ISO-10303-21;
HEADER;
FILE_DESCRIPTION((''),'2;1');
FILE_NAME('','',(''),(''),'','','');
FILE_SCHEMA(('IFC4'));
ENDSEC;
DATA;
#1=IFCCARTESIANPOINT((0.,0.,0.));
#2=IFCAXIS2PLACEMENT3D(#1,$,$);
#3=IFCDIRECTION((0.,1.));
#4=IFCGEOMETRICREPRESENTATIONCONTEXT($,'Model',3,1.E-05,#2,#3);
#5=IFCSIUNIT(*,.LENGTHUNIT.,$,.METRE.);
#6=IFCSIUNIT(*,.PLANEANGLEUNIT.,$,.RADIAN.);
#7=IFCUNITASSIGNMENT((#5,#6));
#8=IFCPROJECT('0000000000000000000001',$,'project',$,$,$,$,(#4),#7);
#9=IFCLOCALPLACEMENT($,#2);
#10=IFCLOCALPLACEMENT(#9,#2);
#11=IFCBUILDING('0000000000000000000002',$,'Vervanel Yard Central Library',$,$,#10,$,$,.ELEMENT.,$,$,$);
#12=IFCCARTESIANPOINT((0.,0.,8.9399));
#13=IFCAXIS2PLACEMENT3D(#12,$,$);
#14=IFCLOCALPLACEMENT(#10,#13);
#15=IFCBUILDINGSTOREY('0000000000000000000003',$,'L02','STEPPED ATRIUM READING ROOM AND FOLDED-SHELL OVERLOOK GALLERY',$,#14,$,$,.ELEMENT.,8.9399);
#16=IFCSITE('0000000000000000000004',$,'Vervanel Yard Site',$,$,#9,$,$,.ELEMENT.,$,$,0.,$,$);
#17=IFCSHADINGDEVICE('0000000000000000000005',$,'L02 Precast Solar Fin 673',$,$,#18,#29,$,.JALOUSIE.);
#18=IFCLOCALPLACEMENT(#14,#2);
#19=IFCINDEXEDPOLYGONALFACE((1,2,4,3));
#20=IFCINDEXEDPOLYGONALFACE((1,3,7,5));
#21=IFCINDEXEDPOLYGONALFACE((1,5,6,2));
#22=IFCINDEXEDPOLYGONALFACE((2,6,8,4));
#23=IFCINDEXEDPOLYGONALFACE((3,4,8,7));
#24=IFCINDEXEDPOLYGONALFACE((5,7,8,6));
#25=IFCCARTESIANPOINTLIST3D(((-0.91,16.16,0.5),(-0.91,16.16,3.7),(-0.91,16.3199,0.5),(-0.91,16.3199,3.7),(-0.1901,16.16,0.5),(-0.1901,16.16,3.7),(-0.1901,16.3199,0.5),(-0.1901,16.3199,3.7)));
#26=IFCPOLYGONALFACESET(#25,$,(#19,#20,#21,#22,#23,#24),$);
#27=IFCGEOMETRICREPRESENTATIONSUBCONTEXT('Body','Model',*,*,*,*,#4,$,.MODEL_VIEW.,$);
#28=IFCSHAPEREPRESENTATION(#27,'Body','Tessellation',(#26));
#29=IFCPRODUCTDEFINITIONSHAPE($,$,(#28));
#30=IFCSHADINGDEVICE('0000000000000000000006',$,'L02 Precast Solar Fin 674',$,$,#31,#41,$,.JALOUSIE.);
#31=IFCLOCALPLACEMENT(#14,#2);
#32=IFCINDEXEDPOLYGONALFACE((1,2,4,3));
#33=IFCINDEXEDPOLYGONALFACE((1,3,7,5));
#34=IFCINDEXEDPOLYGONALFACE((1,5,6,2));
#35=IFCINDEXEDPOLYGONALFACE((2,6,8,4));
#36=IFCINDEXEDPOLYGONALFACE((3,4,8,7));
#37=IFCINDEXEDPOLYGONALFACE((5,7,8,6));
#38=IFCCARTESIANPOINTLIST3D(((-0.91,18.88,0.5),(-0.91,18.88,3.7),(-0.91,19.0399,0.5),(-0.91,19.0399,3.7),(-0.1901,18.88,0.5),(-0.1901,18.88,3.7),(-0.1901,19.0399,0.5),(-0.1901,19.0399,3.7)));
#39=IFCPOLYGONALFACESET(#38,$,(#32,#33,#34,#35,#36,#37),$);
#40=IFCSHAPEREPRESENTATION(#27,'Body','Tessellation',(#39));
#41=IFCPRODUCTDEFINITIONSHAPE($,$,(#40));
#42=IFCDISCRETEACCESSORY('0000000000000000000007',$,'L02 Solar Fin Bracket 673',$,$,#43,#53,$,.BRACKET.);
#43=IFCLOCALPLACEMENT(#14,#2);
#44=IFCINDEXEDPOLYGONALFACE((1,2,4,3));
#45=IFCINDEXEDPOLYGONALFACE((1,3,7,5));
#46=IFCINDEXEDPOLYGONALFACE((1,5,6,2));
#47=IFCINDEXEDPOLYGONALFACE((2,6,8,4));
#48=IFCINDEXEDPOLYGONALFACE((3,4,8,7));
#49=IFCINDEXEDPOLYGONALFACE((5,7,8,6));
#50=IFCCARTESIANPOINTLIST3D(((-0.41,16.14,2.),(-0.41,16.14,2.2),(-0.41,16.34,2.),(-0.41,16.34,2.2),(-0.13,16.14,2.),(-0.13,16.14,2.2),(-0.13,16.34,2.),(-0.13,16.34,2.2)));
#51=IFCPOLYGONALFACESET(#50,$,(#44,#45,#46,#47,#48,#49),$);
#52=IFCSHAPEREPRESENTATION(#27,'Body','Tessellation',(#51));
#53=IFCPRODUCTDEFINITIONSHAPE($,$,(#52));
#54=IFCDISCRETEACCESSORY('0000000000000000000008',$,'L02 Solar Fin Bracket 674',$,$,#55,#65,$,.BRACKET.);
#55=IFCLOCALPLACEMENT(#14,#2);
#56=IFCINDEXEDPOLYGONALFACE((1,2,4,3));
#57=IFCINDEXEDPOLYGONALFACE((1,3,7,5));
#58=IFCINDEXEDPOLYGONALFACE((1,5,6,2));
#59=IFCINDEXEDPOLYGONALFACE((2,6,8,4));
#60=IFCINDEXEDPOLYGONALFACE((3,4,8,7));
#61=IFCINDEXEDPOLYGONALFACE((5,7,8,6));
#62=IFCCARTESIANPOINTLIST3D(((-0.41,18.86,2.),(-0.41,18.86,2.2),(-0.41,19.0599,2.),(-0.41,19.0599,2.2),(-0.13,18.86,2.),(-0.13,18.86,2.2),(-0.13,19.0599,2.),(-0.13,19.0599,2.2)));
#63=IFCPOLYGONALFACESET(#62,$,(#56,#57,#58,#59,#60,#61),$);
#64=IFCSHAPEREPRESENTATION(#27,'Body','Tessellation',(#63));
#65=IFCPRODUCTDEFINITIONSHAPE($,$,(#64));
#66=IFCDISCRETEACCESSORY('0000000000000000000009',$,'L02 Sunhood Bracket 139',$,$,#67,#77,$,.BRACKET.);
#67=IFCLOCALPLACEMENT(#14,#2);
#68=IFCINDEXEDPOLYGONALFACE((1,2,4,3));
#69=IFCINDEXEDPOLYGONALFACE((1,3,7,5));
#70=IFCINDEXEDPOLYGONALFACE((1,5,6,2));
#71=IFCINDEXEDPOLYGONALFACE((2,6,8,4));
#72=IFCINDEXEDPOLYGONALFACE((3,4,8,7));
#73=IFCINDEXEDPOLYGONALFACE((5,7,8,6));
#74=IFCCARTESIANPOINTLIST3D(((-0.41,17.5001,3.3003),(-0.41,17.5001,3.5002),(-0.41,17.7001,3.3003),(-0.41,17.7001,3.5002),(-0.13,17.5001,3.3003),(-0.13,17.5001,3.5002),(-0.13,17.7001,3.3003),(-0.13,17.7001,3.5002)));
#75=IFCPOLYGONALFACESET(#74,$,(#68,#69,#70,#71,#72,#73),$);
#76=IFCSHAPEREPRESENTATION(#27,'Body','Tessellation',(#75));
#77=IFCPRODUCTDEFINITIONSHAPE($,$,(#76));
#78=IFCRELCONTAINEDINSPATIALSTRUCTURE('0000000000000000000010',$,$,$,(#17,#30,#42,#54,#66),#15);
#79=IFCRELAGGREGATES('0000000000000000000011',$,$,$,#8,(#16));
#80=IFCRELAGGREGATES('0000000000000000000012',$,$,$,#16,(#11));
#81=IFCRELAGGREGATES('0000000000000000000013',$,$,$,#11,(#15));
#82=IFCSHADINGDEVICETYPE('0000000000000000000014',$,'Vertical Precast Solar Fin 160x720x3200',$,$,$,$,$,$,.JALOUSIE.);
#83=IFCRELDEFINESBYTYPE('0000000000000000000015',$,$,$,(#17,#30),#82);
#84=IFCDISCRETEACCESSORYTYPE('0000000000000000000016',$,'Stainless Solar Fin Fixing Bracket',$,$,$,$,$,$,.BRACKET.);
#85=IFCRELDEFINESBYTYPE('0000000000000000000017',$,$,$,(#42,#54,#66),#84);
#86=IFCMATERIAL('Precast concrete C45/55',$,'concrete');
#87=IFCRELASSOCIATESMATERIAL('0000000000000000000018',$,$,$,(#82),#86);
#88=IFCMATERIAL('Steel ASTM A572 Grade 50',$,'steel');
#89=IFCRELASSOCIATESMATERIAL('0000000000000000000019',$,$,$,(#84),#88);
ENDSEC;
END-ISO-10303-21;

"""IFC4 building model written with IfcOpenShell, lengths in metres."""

from ifc_helpers import new_model, si_unit, direction, frame, origin, origin_2d, place, context, subcontext, project, spatial, rectangle, extrude, material, type_object, element, save


model = new_model("IFC4")

# Units and contexts
model_context = context("Model", 3, precision=1e-05, world=origin(), true_north=direction((0.0, 1.0)))
body_context = subcontext(model_context, "Body", "Model", "MODEL_VIEW")
ifc_project = project(units=[si_unit("LENGTHUNIT", "METRE"), si_unit("PLANEANGLEUNIT", "RADIAN")], contexts=[model_context])

# Site, building, storey
site_placement = place(None, origin())
site = spatial("IfcSite", under=ifc_project, at=site_placement, Name="Vervanel Yard Site", CompositionType="ELEMENT", RefElevation=0.0)
building_placement = place(site_placement, origin())
building = spatial("IfcBuilding", under=site, at=building_placement, Name="Vervanel Yard Central Library", CompositionType="ELEMENT")
storey_placement = place(building_placement, frame((0.0, 0.0, 8.9399)))
storey = spatial("IfcBuildingStorey", under=building, at=storey_placement, Name="L02", Description="STEPPED ATRIUM READING ROOM AND FOLDED-SHELL OVERLOOK GALLERY", CompositionType="ELEMENT", Elevation=8.9399)

# Shared definitions
ifc_material_1 = material(Name="Precast concrete C45/55", Category="concrete")

# Shading devices
shading_device_type_1 = type_object("IfcShadingDeviceType", Name="Vertical Precast Solar Fin 160x720x3200", PredefinedType="JALOUSIE", material=ifc_material_1)
for number, where, z_axis, x_axis, name in (
    (1, (-0.55, 16.24, 0.5), (0.0, 0.0, 1.0), (0.0, 1.0, 0.0), "L02 Precast Solar Fin 673"),
    (2, (-0.55, 18.96, 0.5), (0.0, 0.0, 1.0), (0.0, 1.0, 0.0), "L02 Precast Solar Fin 674"),
):
    element("IfcShadingDevice", number, at=place(storey_placement, frame(where, z_axis=z_axis, x_axis=x_axis)), inside=storey, type_object=shading_device_type_1, Name=name, PredefinedType="JALOUSIE", context=body_context, shape_type="SweptSolid", body=[
        extrude(rectangle(XDim=0.1599, YDim=0.72, at=origin_2d()), origin(), (0.0, 0.0, 1.0), 3.2),
    ])

# Discrete accessories
ifc_material_2 = material(Name="Steel ASTM A572 Grade 50", Category="steel")
discrete_accessory_type = type_object("IfcDiscreteAccessoryType", Name="Stainless Solar Fin Fixing Bracket", PredefinedType="BRACKET", material=ifc_material_2)
for number, where, z_axis, x_axis, name in (
    (3, (-0.27, 16.24, 2.0), (0.0, 0.0, 1.0), (0.0, 1.0, 0.0), "L02 Solar Fin Bracket 673"),
    (4, (-0.27, 18.96, 2.0), (0.0, 0.0, 1.0), (0.0, 1.0, 0.0), "L02 Solar Fin Bracket 674"),
    (5, (-0.27, 17.6001, 3.3003), (0.0, 0.0, 1.0), (0.0, 1.0, 0.0), "L02 Sunhood Bracket 139"),
):
    element("IfcDiscreteAccessory", number, at=place(storey_placement, frame(where, z_axis=z_axis, x_axis=x_axis)), inside=storey, type_object=discrete_accessory_type, Name=name, PredefinedType="BRACKET", context=body_context, shape_type="SweptSolid", body=[
        extrude(rectangle(XDim=0.2, YDim=0.28, at=origin_2d()), origin(), (0.0, 0.0, 1.0), 0.2),
    ])

save(model, "model.ifc")
